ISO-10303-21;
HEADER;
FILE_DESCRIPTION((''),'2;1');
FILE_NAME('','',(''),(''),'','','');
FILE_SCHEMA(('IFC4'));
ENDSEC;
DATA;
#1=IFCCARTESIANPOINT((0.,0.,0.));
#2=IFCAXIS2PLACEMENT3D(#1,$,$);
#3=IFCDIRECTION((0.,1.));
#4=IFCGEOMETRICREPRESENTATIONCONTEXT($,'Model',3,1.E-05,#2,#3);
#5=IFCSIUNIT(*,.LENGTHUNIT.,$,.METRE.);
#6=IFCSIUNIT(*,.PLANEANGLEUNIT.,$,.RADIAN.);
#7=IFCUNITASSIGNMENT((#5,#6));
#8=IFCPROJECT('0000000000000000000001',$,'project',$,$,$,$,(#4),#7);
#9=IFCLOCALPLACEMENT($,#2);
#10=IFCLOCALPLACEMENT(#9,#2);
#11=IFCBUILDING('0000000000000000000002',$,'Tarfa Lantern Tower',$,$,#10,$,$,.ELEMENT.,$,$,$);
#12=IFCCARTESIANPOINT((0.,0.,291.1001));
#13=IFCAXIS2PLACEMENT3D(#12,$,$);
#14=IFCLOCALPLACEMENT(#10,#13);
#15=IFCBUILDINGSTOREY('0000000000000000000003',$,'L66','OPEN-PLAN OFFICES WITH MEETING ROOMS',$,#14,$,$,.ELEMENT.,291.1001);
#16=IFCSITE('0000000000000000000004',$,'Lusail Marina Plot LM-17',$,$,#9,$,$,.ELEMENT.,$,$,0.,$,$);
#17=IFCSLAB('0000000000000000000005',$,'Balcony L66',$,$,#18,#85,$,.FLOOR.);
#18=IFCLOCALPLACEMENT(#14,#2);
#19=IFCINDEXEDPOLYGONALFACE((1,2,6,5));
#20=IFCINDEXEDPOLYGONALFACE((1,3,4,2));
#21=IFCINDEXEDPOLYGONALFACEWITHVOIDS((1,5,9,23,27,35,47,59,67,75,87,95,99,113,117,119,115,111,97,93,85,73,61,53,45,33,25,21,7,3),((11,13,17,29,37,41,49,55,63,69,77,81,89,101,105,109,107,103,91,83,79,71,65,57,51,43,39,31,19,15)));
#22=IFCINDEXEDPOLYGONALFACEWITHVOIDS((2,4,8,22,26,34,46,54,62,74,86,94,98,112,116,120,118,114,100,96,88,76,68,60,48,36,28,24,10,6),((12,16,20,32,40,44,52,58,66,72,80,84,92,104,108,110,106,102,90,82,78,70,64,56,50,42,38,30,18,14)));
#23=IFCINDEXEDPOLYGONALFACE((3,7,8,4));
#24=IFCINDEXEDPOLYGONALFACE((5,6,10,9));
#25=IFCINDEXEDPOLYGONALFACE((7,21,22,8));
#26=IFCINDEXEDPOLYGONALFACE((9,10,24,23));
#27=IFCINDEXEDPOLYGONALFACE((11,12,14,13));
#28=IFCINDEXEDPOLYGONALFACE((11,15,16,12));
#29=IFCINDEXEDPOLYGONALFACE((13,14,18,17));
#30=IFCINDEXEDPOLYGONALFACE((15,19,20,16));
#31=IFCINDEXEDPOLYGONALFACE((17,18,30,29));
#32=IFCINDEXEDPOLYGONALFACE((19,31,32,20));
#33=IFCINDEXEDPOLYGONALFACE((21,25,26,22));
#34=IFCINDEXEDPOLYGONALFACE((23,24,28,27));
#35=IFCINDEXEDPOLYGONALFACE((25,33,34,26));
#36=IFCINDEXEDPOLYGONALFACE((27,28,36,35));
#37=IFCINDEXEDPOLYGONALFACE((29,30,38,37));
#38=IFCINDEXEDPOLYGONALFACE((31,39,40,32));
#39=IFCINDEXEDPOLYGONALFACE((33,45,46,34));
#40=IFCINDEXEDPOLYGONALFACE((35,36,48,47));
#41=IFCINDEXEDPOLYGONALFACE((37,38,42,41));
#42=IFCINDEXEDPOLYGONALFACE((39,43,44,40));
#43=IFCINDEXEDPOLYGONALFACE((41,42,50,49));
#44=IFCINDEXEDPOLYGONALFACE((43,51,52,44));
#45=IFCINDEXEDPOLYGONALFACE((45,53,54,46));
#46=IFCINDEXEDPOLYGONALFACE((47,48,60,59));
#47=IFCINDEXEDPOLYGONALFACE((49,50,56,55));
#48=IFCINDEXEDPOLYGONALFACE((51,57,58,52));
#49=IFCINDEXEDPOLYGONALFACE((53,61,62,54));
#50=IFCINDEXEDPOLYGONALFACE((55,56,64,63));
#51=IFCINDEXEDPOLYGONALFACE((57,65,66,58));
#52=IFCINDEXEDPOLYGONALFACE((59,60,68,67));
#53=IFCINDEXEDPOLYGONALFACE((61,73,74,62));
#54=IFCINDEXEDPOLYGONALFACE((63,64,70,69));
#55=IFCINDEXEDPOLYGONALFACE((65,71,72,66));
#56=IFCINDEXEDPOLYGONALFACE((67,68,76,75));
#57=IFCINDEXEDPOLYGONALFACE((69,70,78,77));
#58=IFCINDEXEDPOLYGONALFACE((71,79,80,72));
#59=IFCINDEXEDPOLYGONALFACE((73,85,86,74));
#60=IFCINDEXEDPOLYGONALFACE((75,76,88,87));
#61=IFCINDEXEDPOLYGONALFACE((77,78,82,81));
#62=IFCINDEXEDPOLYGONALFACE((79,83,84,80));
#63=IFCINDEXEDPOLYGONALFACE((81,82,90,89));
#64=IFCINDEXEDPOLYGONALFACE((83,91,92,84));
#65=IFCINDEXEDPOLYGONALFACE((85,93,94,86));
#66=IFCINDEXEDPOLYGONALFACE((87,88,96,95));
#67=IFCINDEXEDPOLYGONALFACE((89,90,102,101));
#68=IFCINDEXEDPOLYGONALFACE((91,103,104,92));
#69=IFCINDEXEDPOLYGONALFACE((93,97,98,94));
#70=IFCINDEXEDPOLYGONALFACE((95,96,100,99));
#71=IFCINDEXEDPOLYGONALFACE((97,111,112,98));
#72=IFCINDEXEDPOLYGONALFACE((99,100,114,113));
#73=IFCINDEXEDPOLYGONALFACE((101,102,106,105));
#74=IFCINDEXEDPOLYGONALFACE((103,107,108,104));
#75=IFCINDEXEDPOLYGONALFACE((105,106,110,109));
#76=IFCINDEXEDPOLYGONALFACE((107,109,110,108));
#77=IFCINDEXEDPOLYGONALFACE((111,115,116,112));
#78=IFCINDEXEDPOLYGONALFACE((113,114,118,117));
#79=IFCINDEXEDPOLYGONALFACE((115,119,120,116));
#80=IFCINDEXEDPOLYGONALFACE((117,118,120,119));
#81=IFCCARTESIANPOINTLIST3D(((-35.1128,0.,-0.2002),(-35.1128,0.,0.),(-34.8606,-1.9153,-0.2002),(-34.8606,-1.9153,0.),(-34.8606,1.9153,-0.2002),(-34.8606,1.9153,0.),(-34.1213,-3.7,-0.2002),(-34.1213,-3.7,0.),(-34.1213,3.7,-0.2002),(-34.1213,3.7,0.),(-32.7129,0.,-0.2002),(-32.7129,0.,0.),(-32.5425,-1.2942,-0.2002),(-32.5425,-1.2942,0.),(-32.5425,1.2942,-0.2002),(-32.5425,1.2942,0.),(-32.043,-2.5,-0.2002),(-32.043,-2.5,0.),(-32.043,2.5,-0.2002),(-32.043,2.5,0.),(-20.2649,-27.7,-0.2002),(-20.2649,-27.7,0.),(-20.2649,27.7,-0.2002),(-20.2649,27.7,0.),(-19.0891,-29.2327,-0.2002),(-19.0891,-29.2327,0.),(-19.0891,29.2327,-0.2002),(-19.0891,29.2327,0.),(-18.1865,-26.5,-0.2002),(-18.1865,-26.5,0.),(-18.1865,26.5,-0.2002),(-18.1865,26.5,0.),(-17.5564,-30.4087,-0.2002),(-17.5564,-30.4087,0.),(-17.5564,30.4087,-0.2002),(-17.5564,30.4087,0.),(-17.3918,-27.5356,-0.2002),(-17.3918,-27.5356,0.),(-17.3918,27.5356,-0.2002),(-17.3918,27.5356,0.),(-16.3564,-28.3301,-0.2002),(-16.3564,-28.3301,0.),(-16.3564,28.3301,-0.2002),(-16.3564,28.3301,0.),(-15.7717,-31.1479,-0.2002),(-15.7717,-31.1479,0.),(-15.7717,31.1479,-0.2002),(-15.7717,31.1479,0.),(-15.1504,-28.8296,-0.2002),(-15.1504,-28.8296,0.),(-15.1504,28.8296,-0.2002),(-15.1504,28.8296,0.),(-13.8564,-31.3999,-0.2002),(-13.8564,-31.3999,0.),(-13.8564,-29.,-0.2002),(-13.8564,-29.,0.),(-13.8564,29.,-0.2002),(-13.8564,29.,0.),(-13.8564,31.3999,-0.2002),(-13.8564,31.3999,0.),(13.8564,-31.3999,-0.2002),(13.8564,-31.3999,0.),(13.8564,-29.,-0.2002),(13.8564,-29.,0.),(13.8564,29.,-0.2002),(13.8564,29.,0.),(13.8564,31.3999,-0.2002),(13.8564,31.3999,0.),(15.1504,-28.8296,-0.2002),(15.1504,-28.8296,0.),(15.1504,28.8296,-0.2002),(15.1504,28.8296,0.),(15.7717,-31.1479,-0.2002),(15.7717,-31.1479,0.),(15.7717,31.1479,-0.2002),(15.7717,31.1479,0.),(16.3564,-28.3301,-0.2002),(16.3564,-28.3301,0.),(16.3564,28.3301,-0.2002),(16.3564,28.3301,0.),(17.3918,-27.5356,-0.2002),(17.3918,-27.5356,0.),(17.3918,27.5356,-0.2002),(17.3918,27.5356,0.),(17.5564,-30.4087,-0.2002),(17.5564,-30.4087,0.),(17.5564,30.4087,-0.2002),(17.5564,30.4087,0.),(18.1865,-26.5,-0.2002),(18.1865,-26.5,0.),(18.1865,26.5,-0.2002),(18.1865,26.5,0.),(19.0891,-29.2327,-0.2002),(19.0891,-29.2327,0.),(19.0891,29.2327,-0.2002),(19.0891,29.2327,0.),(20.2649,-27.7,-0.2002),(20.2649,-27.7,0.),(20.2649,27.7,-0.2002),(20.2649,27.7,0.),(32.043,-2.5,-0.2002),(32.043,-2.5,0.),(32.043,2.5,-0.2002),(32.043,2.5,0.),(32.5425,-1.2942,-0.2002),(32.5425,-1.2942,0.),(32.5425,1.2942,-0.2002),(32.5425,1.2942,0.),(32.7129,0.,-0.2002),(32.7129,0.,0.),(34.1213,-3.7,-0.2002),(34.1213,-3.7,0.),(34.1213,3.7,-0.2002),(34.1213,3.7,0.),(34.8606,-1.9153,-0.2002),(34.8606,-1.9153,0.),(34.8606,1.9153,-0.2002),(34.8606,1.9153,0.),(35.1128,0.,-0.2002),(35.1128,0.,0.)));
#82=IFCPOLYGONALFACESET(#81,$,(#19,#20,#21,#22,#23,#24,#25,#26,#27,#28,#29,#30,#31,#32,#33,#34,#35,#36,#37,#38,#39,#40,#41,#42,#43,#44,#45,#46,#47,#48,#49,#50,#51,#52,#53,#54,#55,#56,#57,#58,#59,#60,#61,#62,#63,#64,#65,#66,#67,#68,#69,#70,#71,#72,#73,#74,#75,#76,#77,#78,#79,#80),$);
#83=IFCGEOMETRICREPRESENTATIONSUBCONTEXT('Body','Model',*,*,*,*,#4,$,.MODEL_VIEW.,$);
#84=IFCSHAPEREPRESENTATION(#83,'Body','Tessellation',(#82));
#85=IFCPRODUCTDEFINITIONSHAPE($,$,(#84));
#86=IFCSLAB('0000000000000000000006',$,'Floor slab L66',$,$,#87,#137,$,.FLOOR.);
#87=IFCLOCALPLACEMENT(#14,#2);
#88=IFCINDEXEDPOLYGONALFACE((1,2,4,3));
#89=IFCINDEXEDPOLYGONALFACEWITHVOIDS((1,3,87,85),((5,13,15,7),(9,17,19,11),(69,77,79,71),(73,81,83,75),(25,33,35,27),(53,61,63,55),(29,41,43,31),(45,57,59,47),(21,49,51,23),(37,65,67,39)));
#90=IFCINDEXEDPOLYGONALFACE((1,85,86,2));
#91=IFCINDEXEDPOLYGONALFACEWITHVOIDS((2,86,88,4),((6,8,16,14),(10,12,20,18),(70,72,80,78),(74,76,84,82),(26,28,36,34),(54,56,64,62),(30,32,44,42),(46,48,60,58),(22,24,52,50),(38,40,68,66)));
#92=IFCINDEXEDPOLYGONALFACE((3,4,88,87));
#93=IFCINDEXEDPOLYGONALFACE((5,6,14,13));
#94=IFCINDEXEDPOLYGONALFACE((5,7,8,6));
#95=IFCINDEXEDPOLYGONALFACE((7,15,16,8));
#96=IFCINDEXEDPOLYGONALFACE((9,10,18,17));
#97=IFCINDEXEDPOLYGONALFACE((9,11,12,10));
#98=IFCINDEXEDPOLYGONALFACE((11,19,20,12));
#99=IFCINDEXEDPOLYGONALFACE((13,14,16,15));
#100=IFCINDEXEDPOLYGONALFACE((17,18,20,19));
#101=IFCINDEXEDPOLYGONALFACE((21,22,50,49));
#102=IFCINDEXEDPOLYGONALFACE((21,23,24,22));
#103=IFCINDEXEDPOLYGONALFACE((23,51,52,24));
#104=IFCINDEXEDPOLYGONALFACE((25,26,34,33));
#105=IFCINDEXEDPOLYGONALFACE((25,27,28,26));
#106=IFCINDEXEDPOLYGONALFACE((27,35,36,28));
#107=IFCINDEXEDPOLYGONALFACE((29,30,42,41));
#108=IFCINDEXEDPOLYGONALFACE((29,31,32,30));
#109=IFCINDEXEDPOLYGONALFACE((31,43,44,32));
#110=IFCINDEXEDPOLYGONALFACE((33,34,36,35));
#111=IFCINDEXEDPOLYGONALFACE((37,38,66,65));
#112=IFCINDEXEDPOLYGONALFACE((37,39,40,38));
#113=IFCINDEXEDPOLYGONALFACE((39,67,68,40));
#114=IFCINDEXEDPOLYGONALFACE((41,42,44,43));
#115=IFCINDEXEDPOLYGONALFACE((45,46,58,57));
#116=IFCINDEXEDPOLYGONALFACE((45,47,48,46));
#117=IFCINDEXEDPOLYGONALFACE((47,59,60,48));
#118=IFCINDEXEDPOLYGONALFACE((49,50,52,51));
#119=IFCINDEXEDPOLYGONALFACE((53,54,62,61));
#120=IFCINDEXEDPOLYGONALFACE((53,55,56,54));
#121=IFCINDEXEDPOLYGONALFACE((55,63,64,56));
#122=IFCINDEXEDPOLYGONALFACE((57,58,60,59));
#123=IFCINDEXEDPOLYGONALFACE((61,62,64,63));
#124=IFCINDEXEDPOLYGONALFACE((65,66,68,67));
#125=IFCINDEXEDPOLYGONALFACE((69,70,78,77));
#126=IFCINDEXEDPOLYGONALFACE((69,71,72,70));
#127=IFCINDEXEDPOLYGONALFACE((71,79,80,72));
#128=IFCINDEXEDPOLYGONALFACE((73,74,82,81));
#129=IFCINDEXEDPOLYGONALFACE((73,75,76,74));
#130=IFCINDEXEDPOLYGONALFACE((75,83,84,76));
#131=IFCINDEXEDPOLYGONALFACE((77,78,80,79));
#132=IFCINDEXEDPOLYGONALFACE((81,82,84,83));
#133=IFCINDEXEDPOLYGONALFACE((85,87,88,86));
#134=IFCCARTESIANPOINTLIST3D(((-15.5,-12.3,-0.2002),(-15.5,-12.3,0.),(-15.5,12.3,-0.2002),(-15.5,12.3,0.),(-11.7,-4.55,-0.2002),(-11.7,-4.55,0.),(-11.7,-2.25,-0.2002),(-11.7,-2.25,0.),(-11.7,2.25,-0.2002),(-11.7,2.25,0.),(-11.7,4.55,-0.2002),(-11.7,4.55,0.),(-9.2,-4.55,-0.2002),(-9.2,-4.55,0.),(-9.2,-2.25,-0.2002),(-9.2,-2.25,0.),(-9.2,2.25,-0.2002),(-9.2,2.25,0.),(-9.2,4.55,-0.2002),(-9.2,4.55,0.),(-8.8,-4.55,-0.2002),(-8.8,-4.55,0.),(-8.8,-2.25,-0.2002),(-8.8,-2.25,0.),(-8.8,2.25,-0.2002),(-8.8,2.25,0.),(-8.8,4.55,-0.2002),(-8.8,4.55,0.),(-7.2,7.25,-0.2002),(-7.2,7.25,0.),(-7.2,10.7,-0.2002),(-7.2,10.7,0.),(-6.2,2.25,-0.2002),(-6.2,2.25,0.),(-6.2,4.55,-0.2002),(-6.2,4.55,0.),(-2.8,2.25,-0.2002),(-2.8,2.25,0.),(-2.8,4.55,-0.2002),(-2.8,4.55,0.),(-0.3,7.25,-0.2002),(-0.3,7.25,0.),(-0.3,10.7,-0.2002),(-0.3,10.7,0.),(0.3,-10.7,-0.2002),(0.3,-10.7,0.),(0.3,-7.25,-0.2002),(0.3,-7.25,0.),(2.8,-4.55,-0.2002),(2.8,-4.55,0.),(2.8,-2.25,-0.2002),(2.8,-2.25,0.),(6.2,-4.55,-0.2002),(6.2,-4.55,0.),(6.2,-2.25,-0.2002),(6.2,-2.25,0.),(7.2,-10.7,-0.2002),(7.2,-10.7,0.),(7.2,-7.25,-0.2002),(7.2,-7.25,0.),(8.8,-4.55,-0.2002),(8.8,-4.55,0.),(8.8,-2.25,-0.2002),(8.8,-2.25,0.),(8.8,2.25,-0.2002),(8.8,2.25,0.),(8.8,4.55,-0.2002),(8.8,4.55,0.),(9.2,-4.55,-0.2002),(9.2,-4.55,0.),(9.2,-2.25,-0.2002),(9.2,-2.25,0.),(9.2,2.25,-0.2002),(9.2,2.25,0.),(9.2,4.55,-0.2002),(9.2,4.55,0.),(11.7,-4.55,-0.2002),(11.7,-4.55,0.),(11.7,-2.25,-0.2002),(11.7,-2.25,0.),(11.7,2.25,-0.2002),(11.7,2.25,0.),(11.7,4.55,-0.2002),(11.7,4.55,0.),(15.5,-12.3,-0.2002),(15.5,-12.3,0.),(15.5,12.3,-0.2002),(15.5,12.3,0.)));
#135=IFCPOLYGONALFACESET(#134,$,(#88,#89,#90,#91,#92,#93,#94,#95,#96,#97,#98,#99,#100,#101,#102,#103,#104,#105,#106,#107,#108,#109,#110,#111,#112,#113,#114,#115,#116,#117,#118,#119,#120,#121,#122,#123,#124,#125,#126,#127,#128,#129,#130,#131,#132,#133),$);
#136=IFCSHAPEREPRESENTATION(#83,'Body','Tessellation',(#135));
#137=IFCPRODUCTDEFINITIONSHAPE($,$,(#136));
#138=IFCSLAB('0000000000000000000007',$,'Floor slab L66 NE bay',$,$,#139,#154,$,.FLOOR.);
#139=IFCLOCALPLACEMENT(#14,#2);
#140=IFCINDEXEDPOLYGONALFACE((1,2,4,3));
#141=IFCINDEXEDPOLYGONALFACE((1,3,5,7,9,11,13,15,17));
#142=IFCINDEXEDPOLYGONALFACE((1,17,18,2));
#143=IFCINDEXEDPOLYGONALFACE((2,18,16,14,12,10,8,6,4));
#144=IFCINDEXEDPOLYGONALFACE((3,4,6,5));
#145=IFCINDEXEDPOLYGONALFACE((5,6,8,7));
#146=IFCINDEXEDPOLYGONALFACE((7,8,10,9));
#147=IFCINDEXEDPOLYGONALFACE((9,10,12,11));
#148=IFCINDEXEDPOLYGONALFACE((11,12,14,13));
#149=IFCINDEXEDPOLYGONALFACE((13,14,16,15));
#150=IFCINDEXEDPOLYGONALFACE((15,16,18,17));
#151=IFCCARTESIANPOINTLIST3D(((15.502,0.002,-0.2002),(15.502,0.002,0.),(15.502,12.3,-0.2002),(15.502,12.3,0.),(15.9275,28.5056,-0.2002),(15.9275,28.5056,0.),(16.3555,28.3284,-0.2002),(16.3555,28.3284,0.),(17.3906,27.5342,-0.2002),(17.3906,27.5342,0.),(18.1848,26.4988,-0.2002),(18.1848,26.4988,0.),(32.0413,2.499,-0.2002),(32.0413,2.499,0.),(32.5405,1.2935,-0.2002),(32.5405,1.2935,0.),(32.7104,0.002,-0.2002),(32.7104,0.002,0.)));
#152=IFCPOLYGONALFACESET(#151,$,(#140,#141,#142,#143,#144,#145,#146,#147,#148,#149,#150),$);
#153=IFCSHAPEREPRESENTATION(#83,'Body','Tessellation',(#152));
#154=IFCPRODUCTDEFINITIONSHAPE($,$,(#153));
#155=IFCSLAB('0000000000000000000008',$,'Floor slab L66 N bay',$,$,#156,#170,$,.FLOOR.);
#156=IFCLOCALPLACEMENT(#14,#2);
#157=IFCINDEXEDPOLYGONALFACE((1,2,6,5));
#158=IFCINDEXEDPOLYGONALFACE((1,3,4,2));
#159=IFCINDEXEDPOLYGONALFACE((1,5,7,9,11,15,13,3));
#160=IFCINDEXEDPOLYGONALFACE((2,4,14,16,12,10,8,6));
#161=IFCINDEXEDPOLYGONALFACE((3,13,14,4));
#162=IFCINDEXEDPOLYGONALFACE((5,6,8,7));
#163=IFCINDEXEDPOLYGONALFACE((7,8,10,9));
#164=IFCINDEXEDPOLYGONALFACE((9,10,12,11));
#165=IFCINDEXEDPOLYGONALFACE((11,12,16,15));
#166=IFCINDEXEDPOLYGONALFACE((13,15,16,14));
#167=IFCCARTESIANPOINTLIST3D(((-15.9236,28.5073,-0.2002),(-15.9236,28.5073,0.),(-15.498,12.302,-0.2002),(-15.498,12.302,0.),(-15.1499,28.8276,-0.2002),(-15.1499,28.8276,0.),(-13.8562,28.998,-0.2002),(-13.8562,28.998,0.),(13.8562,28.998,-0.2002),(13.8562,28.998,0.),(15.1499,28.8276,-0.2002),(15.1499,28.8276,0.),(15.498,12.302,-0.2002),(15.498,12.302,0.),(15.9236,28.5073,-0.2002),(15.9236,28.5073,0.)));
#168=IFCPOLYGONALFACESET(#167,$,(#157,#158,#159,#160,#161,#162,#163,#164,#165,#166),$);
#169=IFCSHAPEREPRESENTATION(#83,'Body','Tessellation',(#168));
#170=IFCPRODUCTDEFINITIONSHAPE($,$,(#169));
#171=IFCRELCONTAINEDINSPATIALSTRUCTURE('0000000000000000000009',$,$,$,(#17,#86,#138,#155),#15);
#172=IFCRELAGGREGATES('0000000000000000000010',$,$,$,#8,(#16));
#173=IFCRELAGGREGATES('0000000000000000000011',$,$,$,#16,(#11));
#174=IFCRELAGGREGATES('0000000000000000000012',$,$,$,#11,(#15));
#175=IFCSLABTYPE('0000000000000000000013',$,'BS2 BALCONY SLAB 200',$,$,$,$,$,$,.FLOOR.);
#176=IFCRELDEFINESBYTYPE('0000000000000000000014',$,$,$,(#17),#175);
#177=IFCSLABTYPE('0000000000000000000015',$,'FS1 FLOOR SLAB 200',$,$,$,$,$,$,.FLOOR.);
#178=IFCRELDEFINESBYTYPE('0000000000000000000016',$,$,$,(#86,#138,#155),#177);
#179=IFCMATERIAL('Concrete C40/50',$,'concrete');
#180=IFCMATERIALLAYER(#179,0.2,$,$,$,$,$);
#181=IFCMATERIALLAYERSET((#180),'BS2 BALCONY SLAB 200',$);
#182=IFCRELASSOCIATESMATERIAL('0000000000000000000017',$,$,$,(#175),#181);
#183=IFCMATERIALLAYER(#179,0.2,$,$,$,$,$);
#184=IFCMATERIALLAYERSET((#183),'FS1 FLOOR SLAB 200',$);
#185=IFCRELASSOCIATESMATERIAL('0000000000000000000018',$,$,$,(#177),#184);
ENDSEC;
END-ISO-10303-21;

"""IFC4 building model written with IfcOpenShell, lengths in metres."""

from ifc_helpers import new_model, si_unit, direction, frame, origin, place, context, subcontext, project, spatial, polyline, outline, extrude, material, layer, layer_set, type_object, element, save


model = new_model("IFC4")

# Units and contexts
model_context = context("Model", 3, precision=1e-05, world=origin(), true_north=direction((0.0, 1.0)))
body_context = subcontext(model_context, "Body", "Model", "MODEL_VIEW")
ifc_project = project(units=[si_unit("LENGTHUNIT", "METRE"), si_unit("PLANEANGLEUNIT", "RADIAN")], contexts=[model_context])

# Site, building, storey
site_placement = place(None, origin())
site = spatial("IfcSite", under=ifc_project, at=site_placement, Name="Lusail Marina Plot LM-17", CompositionType="ELEMENT", RefElevation=0.0)
building_placement = place(site_placement, origin())
building = spatial("IfcBuilding", under=site, at=building_placement, Name="Tarfa Lantern Tower", CompositionType="ELEMENT")
storey_placement = place(building_placement, frame((0.0, 0.0, 291.1001)))
storey = spatial("IfcBuildingStorey", under=building, at=storey_placement, Name="L66", Description="OPEN-PLAN OFFICES WITH MEETING ROOMS", CompositionType="ELEMENT", Elevation=291.1001)

# Slabs
ifc_material_1 = material(Name="Concrete C40/50", Category="concrete")
ifc_layer_1 = layer(ifc_material_1, 0.2)
ifc_layer_set_1 = layer_set([ifc_layer_1], Name="BS2 BALCONY SLAB 200")
slab_type_1 = type_object("IfcSlabType", Name="BS2 BALCONY SLAB 200", PredefinedType="FLOOR", material=ifc_layer_set_1)
slab_1_placement = place(storey_placement, frame((0.0, 0.0, -0.2002)))
element("IfcSlab", 1, at=slab_1_placement, inside=storey, type_object=slab_type_1, Name="Balcony L66", PredefinedType="FLOOR", context=body_context, shape_type="SweptSolid", body=[
    extrude(outline(polyline([(34.1213, 3.7), (20.2649, 27.7), (19.0891, 29.2327), (17.5564, 30.4087), (15.7717, 31.1479), (13.8564, 31.3999), (-13.8564, 31.3999), (-15.7717, 31.1479), (-17.5564, 30.4087), (-19.0891, 29.2327), (-20.2649, 27.7), (-34.1213, 3.7), (-34.8606, 1.9153), (-35.1128, 0.0), (-34.8606, -1.9153), (-34.1213, -3.7), (-20.2649, -27.7), (-19.0891, -29.2327), (-17.5564, -30.4087), (-15.7717, -31.1479), (-13.8564, -31.3999), (13.8564, -31.3999), (15.7717, -31.1479), (17.5564, -30.4087), (19.0891, -29.2327), (20.2649, -27.7), (34.1213, -3.7), (34.8606, -1.9153), (35.1128, 0.0), (34.8606, 1.9153), (34.1213, 3.7)]), holes=[polyline([(32.043, 2.5), (18.1865, 26.5), (17.3918, 27.5356), (16.3564, 28.3301), (15.1504, 28.8296), (13.8564, 29.0), (-13.8564, 29.0), (-15.1504, 28.8296), (-16.3564, 28.3301), (-17.3918, 27.5356), (-18.1865, 26.5), (-32.043, 2.5), (-32.5425, 1.2942), (-32.7129, 0.0), (-32.5425, -1.2942), (-32.043, -2.5), (-18.1865, -26.5), (-17.3918, -27.5356), (-16.3564, -28.3301), (-15.1504, -28.8296), (-13.8564, -29.0), (13.8564, -29.0), (15.1504, -28.8296), (16.3564, -28.3301), (17.3918, -27.5356), (18.1865, -26.5), (32.043, -2.5), (32.5425, -1.2942), (32.7129, 0.0), (32.5425, 1.2942), (32.043, 2.5)])]), origin(), (0.0, 0.0, 1.0), 0.2002),
])
ifc_layer_2 = layer(ifc_material_1, 0.2)
ifc_layer_set_2 = layer_set([ifc_layer_2], Name="FS1 FLOOR SLAB 200")
slab_type_2 = type_object("IfcSlabType", Name="FS1 FLOOR SLAB 200", PredefinedType="FLOOR", material=ifc_layer_set_2)
slab_2_placement = place(storey_placement, frame((0.0, 0.0, -0.2002)))
element("IfcSlab", 2, at=slab_2_placement, inside=storey, type_object=slab_type_2, Name="Floor slab L66", PredefinedType="FLOOR", context=body_context, shape_type="SweptSolid", body=[
    extrude(outline(polyline([(-15.5, -12.3), (15.5, -12.3), (15.5, 12.3), (-15.5, 12.3), (-15.5, -12.3)]), holes=[polyline([(-11.7, 2.25), (-9.2, 2.25), (-9.2, 4.55), (-11.7, 4.55), (-11.7, 2.25)]), polyline([(-8.8, 2.25), (-6.2, 2.25), (-6.2, 4.55), (-8.8, 4.55), (-8.8, 2.25)]), polyline([(-2.8, 2.25), (8.8, 2.25), (8.8, 4.55), (-2.8, 4.55), (-2.8, 2.25)]), polyline([(9.2, 2.25), (11.7, 2.25), (11.7, 4.55), (9.2, 4.55), (9.2, 2.25)]), polyline([(11.7, -2.25), (9.2, -2.25), (9.2, -4.55), (11.7, -4.55), (11.7, -2.25)]), polyline([(8.8, -2.25), (6.2, -2.25), (6.2, -4.55), (8.8, -4.55), (8.8, -2.25)]), polyline([(2.8, -2.25), (-8.8, -2.25), (-8.8, -4.55), (2.8, -4.55), (2.8, -2.25)]), polyline([(-9.2, -2.25), (-11.7, -2.25), (-11.7, -4.55), (-9.2, -4.55), (-9.2, -2.25)]), polyline([(-7.2, 7.25), (-0.3, 7.25), (-0.3, 10.7), (-7.2, 10.7), (-7.2, 7.25)]), polyline([(7.2, -7.25), (0.3, -7.25), (0.3, -10.7), (7.2, -10.7), (7.2, -7.25)])]), origin(), (0.0, 0.0, 1.0), 0.2002),
])
slab_3_placement = place(storey_placement, frame((0.0, 0.0, -0.2002)))
element("IfcSlab", 3, at=slab_3_placement, inside=storey, type_object=slab_type_2, Name="Floor slab L66 NE bay", PredefinedType="FLOOR", context=body_context, shape_type="SweptSolid", body=[
    extrude(outline(polyline([(32.0413, 2.499), (18.1848, 26.4988), (17.3906, 27.5342), (16.3555, 28.3284), (15.9275, 28.5056), (15.502, 12.3), (15.502, 0.002), (32.7104, 0.002), (32.5405, 1.2935), (32.0413, 2.499)])), origin(), (0.0, 0.0, 1.0), 0.2002),
])
slab_4_placement = place(storey_placement, frame((0.0, 0.0, -0.2002)))
element("IfcSlab", 4, at=slab_4_placement, inside=storey, type_object=slab_type_2, Name="Floor slab L66 N bay", PredefinedType="FLOOR", context=body_context, shape_type="SweptSolid", body=[
    extrude(outline(polyline([(-15.498, 12.302), (15.498, 12.302), (15.9236, 28.5073), (15.1499, 28.8276), (13.8562, 28.998), (-13.8562, 28.998), (-15.1499, 28.8276), (-15.9236, 28.5073), (-15.498, 12.302)])), origin(), (0.0, 0.0, 1.0), 0.2002),
])

save(model, "model.ifc")
